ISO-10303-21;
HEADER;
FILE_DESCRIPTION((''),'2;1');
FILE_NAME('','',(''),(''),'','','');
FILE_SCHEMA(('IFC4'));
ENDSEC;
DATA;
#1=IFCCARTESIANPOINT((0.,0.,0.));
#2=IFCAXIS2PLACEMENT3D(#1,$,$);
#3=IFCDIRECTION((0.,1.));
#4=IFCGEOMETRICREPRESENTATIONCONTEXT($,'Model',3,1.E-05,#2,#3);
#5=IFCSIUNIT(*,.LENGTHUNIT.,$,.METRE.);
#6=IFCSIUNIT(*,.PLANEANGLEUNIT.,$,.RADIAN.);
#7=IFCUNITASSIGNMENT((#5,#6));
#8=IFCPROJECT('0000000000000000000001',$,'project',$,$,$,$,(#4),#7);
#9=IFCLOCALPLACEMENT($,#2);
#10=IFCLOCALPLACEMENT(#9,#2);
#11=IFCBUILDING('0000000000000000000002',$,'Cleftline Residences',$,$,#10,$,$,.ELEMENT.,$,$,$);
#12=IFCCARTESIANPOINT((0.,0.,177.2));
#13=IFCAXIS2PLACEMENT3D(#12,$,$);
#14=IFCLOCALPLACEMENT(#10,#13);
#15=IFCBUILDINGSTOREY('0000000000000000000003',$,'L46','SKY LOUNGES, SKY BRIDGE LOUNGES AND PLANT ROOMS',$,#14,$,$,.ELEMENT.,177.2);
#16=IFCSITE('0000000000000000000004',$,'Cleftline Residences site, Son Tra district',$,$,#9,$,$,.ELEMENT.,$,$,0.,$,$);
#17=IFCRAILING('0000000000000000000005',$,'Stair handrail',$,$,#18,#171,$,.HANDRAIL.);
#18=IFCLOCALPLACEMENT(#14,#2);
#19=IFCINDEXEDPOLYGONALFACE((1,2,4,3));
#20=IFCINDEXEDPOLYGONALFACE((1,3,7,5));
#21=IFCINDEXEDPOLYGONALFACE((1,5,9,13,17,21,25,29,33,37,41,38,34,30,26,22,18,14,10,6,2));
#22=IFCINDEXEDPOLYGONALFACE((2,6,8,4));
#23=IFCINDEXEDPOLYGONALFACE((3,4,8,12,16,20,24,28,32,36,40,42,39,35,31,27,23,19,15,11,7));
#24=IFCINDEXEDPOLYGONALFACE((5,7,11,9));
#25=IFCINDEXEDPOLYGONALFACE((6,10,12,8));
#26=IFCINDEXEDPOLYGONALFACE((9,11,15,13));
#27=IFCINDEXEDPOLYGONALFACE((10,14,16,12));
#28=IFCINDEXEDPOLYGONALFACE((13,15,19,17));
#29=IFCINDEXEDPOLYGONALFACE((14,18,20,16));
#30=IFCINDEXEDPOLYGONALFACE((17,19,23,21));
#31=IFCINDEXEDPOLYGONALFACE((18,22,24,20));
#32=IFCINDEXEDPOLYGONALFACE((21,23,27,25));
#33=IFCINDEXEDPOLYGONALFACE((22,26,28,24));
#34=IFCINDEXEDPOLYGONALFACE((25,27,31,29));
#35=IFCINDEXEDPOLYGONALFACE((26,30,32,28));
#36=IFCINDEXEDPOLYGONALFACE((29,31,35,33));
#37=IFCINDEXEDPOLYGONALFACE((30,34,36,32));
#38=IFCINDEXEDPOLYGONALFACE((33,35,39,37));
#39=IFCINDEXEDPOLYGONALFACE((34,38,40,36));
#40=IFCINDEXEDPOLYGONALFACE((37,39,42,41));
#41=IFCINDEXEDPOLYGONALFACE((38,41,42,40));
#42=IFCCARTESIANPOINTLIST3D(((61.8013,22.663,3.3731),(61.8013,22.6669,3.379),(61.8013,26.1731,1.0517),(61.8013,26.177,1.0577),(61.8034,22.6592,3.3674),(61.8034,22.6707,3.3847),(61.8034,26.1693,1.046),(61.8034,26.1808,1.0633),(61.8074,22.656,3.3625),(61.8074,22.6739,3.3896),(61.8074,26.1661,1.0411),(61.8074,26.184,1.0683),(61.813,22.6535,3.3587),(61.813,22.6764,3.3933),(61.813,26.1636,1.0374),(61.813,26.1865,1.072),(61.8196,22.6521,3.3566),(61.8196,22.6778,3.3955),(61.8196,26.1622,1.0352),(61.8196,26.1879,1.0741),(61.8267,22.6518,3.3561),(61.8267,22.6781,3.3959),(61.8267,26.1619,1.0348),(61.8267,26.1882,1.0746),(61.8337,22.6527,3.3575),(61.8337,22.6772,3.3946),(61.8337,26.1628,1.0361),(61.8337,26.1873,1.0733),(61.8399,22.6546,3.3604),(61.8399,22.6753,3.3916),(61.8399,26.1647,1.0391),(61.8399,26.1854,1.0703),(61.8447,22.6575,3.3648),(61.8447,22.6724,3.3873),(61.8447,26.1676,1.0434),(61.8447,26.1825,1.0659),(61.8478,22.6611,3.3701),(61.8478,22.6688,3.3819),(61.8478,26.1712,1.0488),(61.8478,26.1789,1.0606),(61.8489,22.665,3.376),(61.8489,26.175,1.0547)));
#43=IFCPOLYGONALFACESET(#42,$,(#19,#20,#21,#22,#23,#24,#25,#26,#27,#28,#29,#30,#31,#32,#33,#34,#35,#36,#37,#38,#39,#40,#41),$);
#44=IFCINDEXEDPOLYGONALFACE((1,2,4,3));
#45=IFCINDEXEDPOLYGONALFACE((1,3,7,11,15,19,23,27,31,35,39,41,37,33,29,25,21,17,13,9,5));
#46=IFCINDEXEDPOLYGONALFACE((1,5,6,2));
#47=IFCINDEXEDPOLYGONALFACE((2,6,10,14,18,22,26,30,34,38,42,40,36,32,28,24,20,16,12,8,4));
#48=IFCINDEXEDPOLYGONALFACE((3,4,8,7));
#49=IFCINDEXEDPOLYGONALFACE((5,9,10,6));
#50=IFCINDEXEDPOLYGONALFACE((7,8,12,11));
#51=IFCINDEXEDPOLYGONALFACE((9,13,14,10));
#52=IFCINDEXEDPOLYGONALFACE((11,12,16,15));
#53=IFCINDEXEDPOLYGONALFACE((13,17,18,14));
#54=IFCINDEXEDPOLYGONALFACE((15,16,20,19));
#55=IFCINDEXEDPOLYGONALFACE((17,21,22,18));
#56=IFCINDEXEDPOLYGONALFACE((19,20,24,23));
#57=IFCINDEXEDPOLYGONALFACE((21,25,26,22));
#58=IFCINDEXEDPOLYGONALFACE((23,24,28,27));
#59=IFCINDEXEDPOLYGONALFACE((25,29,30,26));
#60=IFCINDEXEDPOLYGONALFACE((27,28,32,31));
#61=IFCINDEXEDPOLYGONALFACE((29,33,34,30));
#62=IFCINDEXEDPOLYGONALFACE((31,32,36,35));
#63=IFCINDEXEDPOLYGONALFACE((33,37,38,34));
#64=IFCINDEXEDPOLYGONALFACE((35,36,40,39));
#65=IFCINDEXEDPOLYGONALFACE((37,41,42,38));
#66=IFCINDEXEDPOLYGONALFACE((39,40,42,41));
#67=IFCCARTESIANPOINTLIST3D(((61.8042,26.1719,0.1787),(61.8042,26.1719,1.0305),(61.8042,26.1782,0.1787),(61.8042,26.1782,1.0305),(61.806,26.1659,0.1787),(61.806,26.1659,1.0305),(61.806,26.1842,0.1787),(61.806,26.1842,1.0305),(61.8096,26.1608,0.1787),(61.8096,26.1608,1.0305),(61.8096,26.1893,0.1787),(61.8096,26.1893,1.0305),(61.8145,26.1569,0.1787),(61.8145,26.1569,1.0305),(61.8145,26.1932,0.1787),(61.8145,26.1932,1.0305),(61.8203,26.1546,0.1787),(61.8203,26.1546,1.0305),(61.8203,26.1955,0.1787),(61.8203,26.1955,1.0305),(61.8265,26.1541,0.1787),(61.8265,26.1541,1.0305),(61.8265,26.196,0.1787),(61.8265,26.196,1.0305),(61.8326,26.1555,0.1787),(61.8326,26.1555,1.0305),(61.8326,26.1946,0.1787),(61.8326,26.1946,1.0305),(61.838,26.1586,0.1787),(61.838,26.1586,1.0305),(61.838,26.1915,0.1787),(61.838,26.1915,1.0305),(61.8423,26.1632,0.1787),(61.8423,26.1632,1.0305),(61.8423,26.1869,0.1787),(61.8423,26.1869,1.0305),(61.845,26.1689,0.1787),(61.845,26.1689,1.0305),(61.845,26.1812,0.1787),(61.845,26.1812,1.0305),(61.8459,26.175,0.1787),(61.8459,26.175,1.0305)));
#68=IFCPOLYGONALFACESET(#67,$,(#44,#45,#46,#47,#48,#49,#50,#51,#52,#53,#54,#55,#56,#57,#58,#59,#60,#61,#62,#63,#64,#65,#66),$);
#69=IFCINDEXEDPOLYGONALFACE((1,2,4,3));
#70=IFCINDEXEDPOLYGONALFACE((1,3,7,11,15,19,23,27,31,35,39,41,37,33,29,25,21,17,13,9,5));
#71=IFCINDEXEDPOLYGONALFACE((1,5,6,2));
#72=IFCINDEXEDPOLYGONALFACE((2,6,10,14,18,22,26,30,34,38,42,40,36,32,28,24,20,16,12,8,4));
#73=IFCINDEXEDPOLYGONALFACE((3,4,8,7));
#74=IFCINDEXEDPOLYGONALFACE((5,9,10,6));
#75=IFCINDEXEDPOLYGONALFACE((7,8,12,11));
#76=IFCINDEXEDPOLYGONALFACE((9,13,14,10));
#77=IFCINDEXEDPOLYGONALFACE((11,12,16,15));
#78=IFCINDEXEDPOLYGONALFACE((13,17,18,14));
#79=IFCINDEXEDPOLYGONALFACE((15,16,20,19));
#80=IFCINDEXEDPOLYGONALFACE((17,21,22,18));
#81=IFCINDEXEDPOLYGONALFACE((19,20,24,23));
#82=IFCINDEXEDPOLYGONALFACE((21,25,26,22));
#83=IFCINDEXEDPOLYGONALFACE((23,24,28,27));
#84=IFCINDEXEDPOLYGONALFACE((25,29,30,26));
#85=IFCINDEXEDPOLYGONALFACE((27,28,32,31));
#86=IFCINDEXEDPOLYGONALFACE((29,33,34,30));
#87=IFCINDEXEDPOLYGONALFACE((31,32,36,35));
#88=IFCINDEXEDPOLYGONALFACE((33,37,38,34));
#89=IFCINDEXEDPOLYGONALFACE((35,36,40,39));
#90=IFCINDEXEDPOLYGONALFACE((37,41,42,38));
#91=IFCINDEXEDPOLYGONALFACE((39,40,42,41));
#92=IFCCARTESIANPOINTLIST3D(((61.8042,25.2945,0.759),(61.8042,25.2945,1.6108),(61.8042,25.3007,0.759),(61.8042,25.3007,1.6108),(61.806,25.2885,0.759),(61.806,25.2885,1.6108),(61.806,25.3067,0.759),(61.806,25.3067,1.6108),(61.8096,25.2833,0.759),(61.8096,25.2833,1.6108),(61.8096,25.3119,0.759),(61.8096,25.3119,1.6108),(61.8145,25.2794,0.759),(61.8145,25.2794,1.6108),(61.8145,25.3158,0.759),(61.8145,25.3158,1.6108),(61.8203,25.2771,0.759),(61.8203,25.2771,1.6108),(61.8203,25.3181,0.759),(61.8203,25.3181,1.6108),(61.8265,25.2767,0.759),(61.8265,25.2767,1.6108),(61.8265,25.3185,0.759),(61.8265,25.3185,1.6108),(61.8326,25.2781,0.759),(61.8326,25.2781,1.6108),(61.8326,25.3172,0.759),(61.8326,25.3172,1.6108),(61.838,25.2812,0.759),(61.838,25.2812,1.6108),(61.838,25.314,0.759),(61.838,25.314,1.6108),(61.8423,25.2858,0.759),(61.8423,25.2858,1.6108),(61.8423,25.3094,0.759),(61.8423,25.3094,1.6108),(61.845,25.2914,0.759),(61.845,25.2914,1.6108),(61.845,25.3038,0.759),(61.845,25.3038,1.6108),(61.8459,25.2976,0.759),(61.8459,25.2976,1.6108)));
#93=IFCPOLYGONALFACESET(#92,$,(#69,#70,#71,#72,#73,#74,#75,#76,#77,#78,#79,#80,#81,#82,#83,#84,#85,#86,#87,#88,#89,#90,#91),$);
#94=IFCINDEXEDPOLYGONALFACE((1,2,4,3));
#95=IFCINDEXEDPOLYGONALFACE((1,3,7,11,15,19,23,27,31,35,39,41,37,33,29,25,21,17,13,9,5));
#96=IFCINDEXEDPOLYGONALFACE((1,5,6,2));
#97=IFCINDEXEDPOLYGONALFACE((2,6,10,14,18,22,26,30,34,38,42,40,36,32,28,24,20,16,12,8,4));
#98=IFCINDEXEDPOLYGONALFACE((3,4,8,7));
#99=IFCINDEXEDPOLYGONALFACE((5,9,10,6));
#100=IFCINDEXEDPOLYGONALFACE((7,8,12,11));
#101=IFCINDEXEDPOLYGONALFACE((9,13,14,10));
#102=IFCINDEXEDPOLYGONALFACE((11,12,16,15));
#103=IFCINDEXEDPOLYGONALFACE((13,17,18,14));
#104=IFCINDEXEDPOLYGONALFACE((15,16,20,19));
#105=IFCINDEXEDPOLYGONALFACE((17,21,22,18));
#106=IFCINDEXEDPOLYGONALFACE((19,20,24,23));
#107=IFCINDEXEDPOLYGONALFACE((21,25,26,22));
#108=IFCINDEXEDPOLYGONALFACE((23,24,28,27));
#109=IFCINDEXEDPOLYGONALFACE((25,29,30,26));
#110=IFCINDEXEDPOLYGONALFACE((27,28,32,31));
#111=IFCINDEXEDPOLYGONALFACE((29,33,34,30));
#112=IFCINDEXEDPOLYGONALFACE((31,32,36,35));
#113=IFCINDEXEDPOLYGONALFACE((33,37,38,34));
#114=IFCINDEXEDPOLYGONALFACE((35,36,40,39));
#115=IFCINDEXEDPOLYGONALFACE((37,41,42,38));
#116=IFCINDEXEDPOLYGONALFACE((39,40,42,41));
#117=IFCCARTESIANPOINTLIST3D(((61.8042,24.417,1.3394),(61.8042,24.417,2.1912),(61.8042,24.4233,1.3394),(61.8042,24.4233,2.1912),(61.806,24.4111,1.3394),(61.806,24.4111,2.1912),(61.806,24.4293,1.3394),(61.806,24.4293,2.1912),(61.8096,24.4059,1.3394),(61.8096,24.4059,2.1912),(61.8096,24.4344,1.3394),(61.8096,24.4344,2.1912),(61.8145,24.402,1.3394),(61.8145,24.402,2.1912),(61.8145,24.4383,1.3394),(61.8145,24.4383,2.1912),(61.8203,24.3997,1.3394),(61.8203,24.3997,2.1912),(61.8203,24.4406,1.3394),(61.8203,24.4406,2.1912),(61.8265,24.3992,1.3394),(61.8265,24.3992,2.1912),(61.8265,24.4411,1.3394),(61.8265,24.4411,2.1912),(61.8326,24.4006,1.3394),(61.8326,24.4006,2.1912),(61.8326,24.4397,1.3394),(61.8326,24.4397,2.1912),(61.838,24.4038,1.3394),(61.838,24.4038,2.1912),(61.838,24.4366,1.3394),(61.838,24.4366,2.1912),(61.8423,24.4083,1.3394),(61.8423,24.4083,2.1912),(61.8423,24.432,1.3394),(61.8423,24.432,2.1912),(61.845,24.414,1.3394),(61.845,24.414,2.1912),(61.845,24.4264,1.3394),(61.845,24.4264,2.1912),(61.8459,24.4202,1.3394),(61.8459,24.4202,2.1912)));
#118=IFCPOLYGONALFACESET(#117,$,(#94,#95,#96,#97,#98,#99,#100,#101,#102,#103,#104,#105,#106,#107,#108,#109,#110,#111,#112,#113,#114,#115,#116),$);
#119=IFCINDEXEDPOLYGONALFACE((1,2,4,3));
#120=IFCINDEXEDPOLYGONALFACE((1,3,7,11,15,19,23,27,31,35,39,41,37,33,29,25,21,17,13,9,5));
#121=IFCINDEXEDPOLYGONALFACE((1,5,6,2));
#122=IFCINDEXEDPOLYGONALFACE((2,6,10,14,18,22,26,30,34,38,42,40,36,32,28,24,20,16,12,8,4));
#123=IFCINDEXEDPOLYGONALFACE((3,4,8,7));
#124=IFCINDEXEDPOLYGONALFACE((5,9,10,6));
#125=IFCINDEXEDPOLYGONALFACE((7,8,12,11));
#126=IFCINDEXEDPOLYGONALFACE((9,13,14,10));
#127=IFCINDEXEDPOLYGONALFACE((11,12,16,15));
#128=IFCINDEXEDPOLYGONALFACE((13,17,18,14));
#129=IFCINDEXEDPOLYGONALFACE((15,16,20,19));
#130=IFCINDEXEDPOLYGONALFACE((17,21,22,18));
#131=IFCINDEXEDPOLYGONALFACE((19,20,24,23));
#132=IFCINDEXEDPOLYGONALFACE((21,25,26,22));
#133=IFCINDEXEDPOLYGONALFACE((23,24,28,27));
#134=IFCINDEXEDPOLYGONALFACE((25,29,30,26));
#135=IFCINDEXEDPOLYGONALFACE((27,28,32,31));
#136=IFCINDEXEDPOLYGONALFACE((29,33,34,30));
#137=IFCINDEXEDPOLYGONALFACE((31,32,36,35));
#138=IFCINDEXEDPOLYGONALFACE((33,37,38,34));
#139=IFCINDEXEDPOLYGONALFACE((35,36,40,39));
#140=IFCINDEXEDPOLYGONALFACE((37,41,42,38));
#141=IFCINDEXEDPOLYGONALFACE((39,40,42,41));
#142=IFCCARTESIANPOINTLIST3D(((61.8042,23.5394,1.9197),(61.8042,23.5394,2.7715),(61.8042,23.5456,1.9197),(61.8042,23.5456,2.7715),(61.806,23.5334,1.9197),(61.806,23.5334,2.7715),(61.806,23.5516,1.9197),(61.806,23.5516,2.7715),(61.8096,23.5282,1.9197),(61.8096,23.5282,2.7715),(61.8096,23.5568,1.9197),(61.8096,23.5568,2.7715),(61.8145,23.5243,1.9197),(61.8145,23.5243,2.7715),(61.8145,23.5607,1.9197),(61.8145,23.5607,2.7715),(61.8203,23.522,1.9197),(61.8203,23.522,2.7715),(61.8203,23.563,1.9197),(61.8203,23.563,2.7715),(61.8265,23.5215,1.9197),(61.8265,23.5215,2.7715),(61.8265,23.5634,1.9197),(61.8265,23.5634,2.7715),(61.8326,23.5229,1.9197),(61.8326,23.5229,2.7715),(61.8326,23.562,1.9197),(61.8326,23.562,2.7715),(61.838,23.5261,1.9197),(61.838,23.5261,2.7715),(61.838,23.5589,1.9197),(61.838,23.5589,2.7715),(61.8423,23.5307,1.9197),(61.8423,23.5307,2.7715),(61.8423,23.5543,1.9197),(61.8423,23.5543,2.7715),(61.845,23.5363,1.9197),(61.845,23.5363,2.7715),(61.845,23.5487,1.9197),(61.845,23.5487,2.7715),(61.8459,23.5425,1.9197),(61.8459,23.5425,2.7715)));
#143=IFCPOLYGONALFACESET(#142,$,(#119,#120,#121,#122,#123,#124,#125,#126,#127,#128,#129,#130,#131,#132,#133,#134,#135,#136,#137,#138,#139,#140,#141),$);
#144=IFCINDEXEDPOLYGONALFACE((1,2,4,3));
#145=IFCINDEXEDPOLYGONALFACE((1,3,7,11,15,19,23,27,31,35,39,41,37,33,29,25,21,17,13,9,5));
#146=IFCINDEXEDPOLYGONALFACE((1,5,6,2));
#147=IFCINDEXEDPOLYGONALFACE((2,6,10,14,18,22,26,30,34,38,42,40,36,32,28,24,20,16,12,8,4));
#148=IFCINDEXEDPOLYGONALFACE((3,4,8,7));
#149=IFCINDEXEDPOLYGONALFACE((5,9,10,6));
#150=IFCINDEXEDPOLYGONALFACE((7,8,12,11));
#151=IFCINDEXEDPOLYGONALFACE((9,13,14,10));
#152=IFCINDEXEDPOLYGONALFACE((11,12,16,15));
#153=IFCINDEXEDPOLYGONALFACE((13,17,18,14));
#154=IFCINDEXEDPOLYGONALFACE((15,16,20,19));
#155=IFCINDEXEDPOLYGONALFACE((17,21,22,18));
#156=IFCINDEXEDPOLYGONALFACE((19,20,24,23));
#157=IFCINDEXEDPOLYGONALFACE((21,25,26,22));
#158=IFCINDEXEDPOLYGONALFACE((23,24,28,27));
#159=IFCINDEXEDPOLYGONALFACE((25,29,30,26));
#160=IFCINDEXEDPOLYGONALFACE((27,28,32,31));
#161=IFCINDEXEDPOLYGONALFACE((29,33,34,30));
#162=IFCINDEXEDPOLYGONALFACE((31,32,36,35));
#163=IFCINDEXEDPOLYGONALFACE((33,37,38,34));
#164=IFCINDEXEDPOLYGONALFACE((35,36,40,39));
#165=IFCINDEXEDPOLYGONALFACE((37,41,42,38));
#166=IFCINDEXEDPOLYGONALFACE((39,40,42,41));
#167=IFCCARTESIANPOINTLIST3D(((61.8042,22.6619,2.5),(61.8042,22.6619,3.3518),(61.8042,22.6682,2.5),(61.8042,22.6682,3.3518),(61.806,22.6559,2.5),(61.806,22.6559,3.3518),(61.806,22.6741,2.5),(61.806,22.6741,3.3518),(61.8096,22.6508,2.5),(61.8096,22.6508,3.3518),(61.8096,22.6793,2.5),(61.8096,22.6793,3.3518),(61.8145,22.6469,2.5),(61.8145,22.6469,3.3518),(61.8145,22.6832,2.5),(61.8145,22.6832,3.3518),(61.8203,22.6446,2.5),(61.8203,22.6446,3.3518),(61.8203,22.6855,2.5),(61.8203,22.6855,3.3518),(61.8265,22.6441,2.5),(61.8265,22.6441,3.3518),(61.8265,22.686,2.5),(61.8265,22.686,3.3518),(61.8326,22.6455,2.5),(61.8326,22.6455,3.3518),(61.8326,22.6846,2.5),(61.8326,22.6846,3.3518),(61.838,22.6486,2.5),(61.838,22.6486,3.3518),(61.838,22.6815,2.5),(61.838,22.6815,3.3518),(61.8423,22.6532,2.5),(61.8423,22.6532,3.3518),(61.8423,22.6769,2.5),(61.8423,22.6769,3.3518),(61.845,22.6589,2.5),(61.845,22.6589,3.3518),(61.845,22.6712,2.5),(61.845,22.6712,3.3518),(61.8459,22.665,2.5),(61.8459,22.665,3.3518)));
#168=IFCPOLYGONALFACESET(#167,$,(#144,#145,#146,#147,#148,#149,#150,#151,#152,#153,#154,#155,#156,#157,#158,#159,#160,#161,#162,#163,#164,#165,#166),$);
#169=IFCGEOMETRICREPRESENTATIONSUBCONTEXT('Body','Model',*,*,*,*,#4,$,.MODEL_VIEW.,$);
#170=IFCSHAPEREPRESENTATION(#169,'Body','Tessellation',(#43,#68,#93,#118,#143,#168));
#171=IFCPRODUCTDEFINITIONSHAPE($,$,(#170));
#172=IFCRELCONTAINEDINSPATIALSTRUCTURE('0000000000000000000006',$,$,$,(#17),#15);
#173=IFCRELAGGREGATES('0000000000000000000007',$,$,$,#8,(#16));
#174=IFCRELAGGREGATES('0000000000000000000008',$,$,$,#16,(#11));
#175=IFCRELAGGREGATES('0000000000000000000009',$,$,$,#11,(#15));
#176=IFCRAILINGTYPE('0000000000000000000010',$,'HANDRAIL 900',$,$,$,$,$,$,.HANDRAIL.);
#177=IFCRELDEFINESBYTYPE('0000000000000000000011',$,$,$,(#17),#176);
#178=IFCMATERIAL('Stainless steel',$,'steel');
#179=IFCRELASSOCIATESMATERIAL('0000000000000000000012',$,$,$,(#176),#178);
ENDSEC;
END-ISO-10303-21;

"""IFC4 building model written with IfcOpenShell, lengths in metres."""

from ifc_helpers import new_model, si_unit, direction, frame, origin, origin_2d, place, context, subcontext, project, spatial, circle, extrude, material, type_object, element, save


model = new_model("IFC4")

# Units and contexts
model_context = context("Model", 3, precision=1e-05, world=origin(), true_north=direction((0.0, 1.0)))
body_context = subcontext(model_context, "Body", "Model", "MODEL_VIEW")
ifc_project = project(units=[si_unit("LENGTHUNIT", "METRE"), si_unit("PLANEANGLEUNIT", "RADIAN")], contexts=[model_context])

# Site, building, storey
site_placement = place(None, origin())
site = spatial("IfcSite", under=ifc_project, at=site_placement, Name="Cleftline Residences site, Son Tra district", CompositionType="ELEMENT", RefElevation=0.0)
building_placement = place(site_placement, origin())
building = spatial("IfcBuilding", under=site, at=building_placement, Name="Cleftline Residences", CompositionType="ELEMENT")
storey_placement = place(building_placement, frame((0.0, 0.0, 177.2)))
storey = spatial("IfcBuildingStorey", under=building, at=storey_placement, Name="L46", Description="SKY LOUNGES, SKY BRIDGE LOUNGES AND PLANT ROOMS", CompositionType="ELEMENT", Elevation=177.2)

# Railing
ifc_material_1 = material(Name="Stainless steel", Category="steel")
railing_type = type_object("IfcRailingType", Name="HANDRAIL 900", PredefinedType="HANDRAIL", material=ifc_material_1)
railing_placement = place(storey_placement, frame((61.825, 26.175, 0.1787)))
element("IfcRailing", 1, at=railing_placement, inside=storey, type_object=railing_type, Name="Stair handrail", PredefinedType="HANDRAIL", context=body_context, shape_type="SweptSolid", body=[
    extrude(circle(Radius=0.0239, at=origin_2d()), frame((0.0, 0.0, 0.876), z_axis=(0.0, -0.834097, 0.551617), x_axis=(1.0, 0.0, 0.0)), (0.0, 0.0, 1.0), 4.2083),
    extrude(circle(Radius=0.021, at=origin_2d()), origin(), (0.0, 0.0, 1.0), 0.8518),
    extrude(circle(Radius=0.021, at=origin_2d()), frame((0.0, -0.8774, 0.5803)), (0.0, 0.0, 1.0), 0.8518),
    extrude(circle(Radius=0.021, at=origin_2d()), frame((0.0, -1.7549, 1.1606)), (0.0, 0.0, 1.0), 0.8518),
    extrude(circle(Radius=0.021, at=origin_2d()), frame((0.0, -2.6326, 1.741)), (0.0, 0.0, 1.0), 0.8518),
    extrude(circle(Radius=0.021, at=origin_2d()), frame((0.0, -3.51, 2.3213)), (0.0, 0.0, 1.0), 0.8518),
])

save(model, "model.ifc")
